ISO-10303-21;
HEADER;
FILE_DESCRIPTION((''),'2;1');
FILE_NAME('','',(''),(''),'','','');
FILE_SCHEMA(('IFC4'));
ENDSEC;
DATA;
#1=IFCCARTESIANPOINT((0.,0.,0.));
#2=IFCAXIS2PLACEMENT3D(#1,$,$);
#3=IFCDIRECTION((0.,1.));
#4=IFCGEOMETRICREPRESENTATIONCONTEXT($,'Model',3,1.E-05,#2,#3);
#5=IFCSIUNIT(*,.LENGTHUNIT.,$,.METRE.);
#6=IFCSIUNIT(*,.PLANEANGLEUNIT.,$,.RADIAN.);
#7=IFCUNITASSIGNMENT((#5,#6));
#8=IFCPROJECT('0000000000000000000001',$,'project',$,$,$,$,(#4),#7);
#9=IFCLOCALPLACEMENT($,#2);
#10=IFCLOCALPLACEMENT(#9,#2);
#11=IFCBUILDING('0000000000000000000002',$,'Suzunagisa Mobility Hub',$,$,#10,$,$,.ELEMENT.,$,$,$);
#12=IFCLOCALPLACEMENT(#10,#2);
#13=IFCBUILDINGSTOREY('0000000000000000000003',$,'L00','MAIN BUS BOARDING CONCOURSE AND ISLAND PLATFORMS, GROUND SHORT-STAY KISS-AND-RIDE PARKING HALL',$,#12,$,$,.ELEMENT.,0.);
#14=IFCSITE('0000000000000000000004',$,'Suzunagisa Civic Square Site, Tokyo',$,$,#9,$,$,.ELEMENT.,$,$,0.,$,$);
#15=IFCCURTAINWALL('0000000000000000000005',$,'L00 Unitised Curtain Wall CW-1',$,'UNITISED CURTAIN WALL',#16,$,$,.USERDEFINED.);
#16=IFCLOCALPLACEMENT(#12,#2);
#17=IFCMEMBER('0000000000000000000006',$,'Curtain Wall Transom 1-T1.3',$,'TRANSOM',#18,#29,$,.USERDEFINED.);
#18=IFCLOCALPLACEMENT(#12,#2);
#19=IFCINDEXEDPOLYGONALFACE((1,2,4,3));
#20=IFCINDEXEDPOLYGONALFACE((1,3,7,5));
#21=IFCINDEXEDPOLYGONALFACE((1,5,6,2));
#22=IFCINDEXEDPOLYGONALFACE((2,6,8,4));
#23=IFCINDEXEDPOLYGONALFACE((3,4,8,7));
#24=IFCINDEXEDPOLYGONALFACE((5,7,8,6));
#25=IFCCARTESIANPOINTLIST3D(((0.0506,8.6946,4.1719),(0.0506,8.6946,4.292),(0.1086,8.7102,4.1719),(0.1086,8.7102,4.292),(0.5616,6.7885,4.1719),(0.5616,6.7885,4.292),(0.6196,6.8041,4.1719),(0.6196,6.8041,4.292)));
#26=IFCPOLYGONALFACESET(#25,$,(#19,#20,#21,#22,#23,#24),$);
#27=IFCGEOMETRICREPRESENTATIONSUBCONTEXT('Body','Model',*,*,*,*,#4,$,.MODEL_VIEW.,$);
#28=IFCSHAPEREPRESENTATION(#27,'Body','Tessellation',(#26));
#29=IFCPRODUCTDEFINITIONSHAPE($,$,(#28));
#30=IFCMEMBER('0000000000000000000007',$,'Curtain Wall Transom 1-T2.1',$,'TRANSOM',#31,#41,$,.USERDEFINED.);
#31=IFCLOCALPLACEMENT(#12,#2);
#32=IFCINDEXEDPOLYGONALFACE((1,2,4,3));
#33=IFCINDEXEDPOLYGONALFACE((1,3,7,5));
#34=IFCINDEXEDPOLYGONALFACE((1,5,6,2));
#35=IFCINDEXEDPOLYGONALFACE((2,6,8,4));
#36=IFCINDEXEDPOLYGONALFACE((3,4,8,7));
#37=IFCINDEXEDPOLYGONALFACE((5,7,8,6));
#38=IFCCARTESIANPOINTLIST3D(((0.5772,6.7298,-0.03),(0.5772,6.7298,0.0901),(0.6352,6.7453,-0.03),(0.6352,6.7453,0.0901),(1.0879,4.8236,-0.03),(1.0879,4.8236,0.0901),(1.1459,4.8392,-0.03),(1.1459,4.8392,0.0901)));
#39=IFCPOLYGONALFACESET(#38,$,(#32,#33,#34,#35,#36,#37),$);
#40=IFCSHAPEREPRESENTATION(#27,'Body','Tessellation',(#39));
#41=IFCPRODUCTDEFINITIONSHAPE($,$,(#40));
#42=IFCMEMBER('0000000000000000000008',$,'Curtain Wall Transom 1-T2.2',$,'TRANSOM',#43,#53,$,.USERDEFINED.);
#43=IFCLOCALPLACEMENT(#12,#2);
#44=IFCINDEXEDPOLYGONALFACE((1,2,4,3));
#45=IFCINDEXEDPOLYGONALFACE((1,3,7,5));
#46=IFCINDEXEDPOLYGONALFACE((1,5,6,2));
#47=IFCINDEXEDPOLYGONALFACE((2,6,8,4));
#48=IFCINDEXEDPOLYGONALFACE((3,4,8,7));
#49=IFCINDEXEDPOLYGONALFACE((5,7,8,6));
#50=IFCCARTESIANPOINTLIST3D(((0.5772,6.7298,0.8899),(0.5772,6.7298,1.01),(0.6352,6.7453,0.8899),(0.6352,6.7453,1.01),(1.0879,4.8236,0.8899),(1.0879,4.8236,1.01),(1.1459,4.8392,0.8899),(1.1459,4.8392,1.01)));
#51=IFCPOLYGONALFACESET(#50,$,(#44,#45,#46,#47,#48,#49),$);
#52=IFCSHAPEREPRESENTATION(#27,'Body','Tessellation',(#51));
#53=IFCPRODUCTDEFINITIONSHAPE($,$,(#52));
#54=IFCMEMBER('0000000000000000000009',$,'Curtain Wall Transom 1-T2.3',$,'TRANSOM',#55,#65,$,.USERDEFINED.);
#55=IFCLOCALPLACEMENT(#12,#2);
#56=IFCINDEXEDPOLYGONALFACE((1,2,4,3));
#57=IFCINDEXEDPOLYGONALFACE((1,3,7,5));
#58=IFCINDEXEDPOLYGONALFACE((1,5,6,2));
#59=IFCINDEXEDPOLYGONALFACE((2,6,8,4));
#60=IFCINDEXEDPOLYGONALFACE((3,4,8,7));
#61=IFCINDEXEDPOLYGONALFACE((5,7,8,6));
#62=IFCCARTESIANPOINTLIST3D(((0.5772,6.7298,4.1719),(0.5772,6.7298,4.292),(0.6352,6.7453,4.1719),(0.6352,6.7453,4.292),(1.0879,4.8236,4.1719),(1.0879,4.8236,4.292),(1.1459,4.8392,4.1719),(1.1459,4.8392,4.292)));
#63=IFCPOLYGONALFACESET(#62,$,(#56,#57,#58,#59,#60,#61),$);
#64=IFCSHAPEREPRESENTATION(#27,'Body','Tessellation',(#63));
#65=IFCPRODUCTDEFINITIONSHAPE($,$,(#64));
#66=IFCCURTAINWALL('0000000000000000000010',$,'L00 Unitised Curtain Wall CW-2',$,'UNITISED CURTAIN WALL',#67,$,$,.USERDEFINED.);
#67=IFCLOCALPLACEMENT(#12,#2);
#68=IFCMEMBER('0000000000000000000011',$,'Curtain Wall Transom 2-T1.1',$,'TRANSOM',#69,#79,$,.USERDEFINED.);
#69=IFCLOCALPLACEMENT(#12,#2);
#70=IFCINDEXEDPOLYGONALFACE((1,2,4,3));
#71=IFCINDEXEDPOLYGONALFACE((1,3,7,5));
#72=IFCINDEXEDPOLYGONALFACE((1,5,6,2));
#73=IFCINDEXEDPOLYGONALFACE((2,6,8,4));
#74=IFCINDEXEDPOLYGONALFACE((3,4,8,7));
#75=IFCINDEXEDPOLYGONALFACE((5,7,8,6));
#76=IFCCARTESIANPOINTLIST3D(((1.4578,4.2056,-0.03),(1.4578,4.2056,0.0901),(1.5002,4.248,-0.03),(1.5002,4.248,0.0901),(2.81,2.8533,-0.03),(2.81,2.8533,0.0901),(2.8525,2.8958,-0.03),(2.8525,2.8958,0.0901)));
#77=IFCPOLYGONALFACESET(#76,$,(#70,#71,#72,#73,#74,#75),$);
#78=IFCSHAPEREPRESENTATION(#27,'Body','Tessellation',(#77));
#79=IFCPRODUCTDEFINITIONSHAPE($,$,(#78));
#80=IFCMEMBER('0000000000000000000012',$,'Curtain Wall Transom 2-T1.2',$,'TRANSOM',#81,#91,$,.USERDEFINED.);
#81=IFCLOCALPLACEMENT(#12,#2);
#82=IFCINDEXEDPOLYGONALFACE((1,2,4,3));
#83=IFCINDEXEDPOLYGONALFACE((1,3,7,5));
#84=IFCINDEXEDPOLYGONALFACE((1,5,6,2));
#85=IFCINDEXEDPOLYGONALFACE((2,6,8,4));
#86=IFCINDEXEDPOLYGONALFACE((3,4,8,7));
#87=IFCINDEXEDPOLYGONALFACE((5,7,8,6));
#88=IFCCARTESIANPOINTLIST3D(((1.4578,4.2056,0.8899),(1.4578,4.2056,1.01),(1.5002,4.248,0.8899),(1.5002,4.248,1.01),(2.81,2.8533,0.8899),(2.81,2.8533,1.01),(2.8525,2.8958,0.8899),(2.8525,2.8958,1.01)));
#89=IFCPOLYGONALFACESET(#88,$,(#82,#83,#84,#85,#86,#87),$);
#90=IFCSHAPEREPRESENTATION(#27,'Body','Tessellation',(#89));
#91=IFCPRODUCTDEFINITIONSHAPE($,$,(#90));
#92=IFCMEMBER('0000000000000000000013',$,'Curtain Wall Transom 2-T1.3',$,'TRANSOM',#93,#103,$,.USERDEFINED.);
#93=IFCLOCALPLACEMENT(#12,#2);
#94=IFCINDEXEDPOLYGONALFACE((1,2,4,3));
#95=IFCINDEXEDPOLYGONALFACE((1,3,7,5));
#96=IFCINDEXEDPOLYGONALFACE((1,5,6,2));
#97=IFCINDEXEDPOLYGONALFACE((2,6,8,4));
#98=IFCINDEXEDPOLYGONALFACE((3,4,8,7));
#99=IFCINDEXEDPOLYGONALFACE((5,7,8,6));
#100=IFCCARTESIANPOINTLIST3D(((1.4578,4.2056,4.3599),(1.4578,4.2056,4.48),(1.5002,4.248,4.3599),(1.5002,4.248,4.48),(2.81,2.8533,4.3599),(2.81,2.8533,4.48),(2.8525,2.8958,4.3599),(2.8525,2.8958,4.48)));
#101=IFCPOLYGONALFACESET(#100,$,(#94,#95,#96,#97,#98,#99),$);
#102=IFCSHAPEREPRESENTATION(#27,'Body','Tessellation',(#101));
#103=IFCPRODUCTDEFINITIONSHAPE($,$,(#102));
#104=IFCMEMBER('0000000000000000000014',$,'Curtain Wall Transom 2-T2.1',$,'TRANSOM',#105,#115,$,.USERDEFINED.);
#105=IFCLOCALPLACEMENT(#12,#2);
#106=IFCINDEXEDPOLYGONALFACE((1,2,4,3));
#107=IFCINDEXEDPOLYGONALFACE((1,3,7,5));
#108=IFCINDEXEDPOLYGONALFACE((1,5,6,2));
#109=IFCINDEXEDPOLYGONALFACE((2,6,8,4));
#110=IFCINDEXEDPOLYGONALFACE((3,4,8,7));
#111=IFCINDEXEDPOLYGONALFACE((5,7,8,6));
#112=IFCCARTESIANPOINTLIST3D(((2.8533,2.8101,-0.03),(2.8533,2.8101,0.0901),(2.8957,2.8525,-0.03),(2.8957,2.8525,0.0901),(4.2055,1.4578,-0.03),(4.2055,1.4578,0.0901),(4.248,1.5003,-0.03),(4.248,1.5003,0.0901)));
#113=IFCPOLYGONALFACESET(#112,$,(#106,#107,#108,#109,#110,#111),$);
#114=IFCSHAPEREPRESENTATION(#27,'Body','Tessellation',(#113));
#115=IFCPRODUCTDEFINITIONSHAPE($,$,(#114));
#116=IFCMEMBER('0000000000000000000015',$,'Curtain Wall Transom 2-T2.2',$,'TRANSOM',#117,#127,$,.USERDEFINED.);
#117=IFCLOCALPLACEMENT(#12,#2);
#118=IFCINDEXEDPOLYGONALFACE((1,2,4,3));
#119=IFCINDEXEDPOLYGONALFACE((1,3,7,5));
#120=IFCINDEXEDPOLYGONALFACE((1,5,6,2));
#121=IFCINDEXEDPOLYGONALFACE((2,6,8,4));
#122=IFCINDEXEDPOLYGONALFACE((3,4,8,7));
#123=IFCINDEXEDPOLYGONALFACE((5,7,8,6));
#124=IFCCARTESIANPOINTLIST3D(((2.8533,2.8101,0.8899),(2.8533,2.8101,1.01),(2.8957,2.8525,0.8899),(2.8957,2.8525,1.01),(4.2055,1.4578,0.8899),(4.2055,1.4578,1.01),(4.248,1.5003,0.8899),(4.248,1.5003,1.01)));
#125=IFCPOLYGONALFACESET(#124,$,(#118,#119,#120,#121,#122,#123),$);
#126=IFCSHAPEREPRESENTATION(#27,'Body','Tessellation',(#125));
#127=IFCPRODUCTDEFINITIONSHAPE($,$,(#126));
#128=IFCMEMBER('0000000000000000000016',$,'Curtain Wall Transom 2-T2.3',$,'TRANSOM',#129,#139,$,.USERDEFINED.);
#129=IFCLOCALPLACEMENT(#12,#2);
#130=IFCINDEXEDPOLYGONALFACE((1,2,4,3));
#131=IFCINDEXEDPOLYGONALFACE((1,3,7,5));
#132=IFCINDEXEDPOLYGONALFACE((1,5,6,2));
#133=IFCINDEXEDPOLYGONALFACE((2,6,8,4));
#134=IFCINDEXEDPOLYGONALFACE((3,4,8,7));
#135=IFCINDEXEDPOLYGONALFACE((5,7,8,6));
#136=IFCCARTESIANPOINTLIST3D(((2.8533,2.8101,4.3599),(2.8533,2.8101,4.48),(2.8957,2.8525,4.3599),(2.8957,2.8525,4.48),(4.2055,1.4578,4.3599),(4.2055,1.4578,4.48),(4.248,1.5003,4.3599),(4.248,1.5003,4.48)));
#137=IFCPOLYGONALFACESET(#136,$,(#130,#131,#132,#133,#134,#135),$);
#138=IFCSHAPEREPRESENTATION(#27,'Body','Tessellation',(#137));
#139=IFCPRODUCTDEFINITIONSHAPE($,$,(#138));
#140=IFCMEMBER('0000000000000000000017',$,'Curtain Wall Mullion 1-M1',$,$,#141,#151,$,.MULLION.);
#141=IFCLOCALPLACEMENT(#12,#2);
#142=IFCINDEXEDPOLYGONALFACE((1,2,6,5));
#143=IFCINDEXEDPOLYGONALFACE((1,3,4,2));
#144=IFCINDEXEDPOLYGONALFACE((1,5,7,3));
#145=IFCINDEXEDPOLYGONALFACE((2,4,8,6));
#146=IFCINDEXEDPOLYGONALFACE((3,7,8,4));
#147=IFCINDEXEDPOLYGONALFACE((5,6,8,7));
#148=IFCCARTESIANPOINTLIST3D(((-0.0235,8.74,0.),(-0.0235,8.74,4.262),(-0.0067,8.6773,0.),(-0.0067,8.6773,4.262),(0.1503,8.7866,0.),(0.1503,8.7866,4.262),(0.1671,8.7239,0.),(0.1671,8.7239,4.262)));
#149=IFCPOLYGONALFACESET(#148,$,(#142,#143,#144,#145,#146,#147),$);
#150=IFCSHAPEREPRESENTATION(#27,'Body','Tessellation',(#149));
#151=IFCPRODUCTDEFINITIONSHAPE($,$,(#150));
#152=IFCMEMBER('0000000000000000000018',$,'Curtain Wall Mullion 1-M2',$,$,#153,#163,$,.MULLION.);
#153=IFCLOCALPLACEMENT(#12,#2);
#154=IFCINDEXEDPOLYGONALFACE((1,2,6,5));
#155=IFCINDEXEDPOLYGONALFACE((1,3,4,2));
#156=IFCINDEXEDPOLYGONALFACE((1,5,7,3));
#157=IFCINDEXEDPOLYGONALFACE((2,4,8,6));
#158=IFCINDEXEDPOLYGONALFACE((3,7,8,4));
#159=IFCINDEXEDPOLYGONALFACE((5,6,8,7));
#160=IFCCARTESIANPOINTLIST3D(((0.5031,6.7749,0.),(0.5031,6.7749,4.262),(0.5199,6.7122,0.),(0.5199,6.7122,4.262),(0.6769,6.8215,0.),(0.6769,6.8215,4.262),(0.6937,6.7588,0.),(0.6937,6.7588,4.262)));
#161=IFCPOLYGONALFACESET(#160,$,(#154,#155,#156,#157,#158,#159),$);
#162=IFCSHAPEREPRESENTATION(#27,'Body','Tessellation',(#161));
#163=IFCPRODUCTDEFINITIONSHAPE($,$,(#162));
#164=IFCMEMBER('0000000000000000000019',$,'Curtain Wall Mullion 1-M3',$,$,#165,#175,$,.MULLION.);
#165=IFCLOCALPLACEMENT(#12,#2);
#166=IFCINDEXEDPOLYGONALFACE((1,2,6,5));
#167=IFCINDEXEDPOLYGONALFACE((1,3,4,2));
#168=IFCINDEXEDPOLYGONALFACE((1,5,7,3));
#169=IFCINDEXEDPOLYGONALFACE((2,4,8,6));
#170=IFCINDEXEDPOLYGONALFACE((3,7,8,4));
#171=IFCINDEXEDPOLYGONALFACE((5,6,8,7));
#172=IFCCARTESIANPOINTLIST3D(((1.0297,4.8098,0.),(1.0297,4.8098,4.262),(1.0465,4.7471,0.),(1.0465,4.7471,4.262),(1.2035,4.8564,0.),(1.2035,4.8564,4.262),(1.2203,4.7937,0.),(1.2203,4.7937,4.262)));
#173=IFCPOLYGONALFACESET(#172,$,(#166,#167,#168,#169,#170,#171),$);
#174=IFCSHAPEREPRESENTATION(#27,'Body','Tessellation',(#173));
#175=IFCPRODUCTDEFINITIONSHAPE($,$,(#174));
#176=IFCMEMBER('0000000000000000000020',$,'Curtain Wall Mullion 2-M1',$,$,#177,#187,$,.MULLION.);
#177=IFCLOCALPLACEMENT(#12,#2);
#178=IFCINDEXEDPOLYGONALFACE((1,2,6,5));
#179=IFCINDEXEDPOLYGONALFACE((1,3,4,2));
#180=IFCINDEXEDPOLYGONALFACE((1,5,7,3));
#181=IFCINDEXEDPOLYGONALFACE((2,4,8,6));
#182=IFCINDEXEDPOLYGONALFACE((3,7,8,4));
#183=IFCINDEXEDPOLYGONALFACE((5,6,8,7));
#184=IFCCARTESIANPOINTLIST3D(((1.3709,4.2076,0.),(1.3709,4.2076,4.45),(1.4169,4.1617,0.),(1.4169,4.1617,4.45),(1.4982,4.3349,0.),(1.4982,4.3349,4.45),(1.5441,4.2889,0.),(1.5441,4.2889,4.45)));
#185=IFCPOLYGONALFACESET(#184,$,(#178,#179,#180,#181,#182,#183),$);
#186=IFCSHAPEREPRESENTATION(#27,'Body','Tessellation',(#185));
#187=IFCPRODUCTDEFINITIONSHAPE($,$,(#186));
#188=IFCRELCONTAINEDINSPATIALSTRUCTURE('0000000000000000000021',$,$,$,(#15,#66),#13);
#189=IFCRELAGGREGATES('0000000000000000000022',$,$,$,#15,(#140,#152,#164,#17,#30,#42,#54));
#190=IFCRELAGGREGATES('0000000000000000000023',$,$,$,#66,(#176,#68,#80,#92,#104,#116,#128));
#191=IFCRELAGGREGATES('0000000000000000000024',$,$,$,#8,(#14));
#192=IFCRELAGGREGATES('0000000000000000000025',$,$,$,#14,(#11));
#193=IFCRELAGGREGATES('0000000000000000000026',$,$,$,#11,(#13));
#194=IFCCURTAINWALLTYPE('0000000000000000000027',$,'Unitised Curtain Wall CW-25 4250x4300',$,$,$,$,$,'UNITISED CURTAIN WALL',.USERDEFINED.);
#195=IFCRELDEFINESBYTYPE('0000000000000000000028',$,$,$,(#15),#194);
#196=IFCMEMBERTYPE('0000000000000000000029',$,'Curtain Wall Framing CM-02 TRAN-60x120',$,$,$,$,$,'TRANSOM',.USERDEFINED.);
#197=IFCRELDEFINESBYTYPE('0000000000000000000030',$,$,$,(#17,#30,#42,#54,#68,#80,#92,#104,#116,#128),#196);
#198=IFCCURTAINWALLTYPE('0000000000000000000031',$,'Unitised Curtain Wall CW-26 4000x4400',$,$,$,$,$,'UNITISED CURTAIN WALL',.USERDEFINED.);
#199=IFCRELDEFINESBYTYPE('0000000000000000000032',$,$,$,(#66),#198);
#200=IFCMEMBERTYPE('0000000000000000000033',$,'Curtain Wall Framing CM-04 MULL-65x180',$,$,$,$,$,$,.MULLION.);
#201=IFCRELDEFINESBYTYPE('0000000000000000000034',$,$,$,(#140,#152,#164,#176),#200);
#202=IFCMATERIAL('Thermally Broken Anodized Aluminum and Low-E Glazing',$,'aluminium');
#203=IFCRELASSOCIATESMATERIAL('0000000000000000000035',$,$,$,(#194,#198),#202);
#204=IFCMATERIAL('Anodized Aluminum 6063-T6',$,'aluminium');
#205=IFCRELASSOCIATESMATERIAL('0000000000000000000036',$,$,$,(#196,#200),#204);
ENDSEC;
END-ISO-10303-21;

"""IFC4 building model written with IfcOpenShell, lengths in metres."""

from ifc_helpers import new_model, si_unit, direction, frame, origin, origin_2d, place, context, subcontext, project, spatial, rectangle, extrude, material, material_profile, profile_set, type_object, element, aggregate, save


model = new_model("IFC4")

# Units and contexts
model_context = context("Model", 3, precision=1e-05, world=origin(), true_north=direction((0.0, 1.0)))
body_context = subcontext(model_context, "Body", "Model", "MODEL_VIEW")
ifc_project = project(units=[si_unit("LENGTHUNIT", "METRE"), si_unit("PLANEANGLEUNIT", "RADIAN")], contexts=[model_context])

# Site, building, storey
site_placement = place(None, origin())
site = spatial("IfcSite", under=ifc_project, at=site_placement, Name="Suzunagisa Civic Square Site, Tokyo", CompositionType="ELEMENT", RefElevation=0.0)
building_placement = place(site_placement, origin())
building = spatial("IfcBuilding", under=site, at=building_placement, Name="Suzunagisa Mobility Hub", CompositionType="ELEMENT")
storey_placement = place(building_placement, origin())
storey = spatial("IfcBuildingStorey", under=building, at=storey_placement, Name="L00", Description="MAIN BUS BOARDING CONCOURSE AND ISLAND PLATFORMS, GROUND SHORT-STAY KISS-AND-RIDE PARKING HALL", CompositionType="ELEMENT", Elevation=0.0)

# Curtain walls, members
ifc_material_1 = material(Name="Thermally Broken Anodized Aluminum and Low-E Glazing", Category="aluminium")
curtain_wall_type_1 = type_object("IfcCurtainWallType", Name="Unitised Curtain Wall CW-25 4250x4300", ElementType="UNITISED CURTAIN WALL", PredefinedType="USERDEFINED", material=ifc_material_1)
curtain_wall_1_placement = place(storey_placement, origin())
curtain_wall_1 = element("IfcCurtainWall", 1, at=curtain_wall_1_placement, inside=storey, type_object=curtain_wall_type_1, Name="L00 Unitised Curtain Wall CW-1", ObjectType="UNITISED CURTAIN WALL", PredefinedType="USERDEFINED")
ifc_material_2 = material(Name="Anodized Aluminum 6063-T6", Category="aluminium")
ifc_material_profile_1 = material_profile(ifc_material_2, rectangle(XDim=0.0601, YDim=0.1201, at=origin_2d()), Name="TRAN-60x120")
ifc_profile_set_1 = profile_set([ifc_material_profile_1], Name="Anodized Aluminum 6063-T6")
member_type_1 = type_object("IfcMemberType", Name="Curtain Wall Framing CM-02 TRAN-60x120", ElementType="TRANSOM", PredefinedType="USERDEFINED", material=ifc_profile_set_1)
member_1_placement = place(storey_placement, frame((0.0796, 8.7024, 4.2319), z_axis=(0.258948, -0.965891, 0.0), x_axis=(0.965891, 0.258948, 0.0)))
member_1 = element("IfcMember", 2, at=member_1_placement, type_object=member_type_1, Name="Curtain Wall Transom 1-T1.3", ObjectType="TRANSOM", PredefinedType="USERDEFINED", context=body_context, shape_type="SweptSolid", body=[
    extrude(rectangle(XDim=0.0601, YDim=0.1201, at=origin_2d()), origin(), (0.0, 0.0, 1.0), 1.9734),
])
member_2_placement = place(storey_placement, frame((0.6062, 6.7375, 0.03), z_axis=(0.258802, -0.96593, 0.0), x_axis=(0.96593, 0.258802, 0.0)))
member_2 = element("IfcMember", 3, at=member_2_placement, type_object=member_type_1, Name="Curtain Wall Transom 1-T2.1", ObjectType="TRANSOM", PredefinedType="USERDEFINED", context=body_context, shape_type="SweptSolid", body=[
    extrude(rectangle(XDim=0.0601, YDim=0.1201, at=origin_2d()), origin(), (0.0, 0.0, 1.0), 1.9734),
])
member_3_placement = place(storey_placement, frame((0.6062, 6.7375, 0.95), z_axis=(0.258802, -0.96593, 0.0), x_axis=(0.96593, 0.258802, 0.0)))
member_3 = element("IfcMember", 4, at=member_3_placement, type_object=member_type_1, Name="Curtain Wall Transom 1-T2.2", ObjectType="TRANSOM", PredefinedType="USERDEFINED", context=body_context, shape_type="SweptSolid", body=[
    extrude(rectangle(XDim=0.0601, YDim=0.1201, at=origin_2d()), origin(), (0.0, 0.0, 1.0), 1.9734),
])
member_4_placement = place(storey_placement, frame((0.6062, 6.7375, 4.2319), z_axis=(0.258802, -0.96593, 0.0), x_axis=(0.96593, 0.258802, 0.0)))
member_4 = element("IfcMember", 5, at=member_4_placement, type_object=member_type_1, Name="Curtain Wall Transom 1-T2.3", ObjectType="TRANSOM", PredefinedType="USERDEFINED", context=body_context, shape_type="SweptSolid", body=[
    extrude(rectangle(XDim=0.0601, YDim=0.1201, at=origin_2d()), origin(), (0.0, 0.0, 1.0), 1.9734),
])
curtain_wall_type_2 = type_object("IfcCurtainWallType", Name="Unitised Curtain Wall CW-26 4000x4400", ElementType="UNITISED CURTAIN WALL", PredefinedType="USERDEFINED", material=ifc_material_1)
curtain_wall_2_placement = place(storey_placement, origin())
curtain_wall_2 = element("IfcCurtainWall", 6, at=curtain_wall_2_placement, inside=storey, type_object=curtain_wall_type_2, Name="L00 Unitised Curtain Wall CW-2", ObjectType="UNITISED CURTAIN WALL", PredefinedType="USERDEFINED")
member_5_placement = place(storey_placement, frame((1.479, 4.2268, 0.03), z_axis=(0.707107, -0.707107, 0.0), x_axis=(0.707107, 0.707107, 0.0)))
member_5 = element("IfcMember", 7, at=member_5_placement, type_object=member_type_1, Name="Curtain Wall Transom 2-T1.1", ObjectType="TRANSOM", PredefinedType="USERDEFINED", context=body_context, shape_type="SweptSolid", body=[
    extrude(rectangle(XDim=0.0601, YDim=0.1201, at=origin_2d()), origin(), (0.0, 0.0, 1.0), 1.9124),
])
member_6_placement = place(storey_placement, frame((1.479, 4.2268, 0.95), z_axis=(0.707107, -0.707107, 0.0), x_axis=(0.707107, 0.707107, 0.0)))
member_6 = element("IfcMember", 8, at=member_6_placement, type_object=member_type_1, Name="Curtain Wall Transom 2-T1.2", ObjectType="TRANSOM", PredefinedType="USERDEFINED", context=body_context, shape_type="SweptSolid", body=[
    extrude(rectangle(XDim=0.0601, YDim=0.1201, at=origin_2d()), origin(), (0.0, 0.0, 1.0), 1.9124),
])
member_7_placement = place(storey_placement, frame((1.479, 4.2268, 4.4199), z_axis=(0.707107, -0.707107, 0.0), x_axis=(0.707107, 0.707107, 0.0)))
member_7 = element("IfcMember", 9, at=member_7_placement, type_object=member_type_1, Name="Curtain Wall Transom 2-T1.3", ObjectType="TRANSOM", PredefinedType="USERDEFINED", context=body_context, shape_type="SweptSolid", body=[
    extrude(rectangle(XDim=0.0601, YDim=0.1201, at=origin_2d()), origin(), (0.0, 0.0, 1.0), 1.9124),
])
member_8_placement = place(storey_placement, frame((2.8745, 2.8313, 0.03), z_axis=(0.707107, -0.707107, 0.0), x_axis=(0.707107, 0.707107, 0.0)))
member_8 = element("IfcMember", 10, at=member_8_placement, type_object=member_type_1, Name="Curtain Wall Transom 2-T2.1", ObjectType="TRANSOM", PredefinedType="USERDEFINED", context=body_context, shape_type="SweptSolid", body=[
    extrude(rectangle(XDim=0.0601, YDim=0.1201, at=origin_2d()), origin(), (0.0, 0.0, 1.0), 1.9124),
])
member_9_placement = place(storey_placement, frame((2.8745, 2.8313, 0.95), z_axis=(0.707107, -0.707107, 0.0), x_axis=(0.707107, 0.707107, 0.0)))
member_9 = element("IfcMember", 11, at=member_9_placement, type_object=member_type_1, Name="Curtain Wall Transom 2-T2.2", ObjectType="TRANSOM", PredefinedType="USERDEFINED", context=body_context, shape_type="SweptSolid", body=[
    extrude(rectangle(XDim=0.0601, YDim=0.1201, at=origin_2d()), origin(), (0.0, 0.0, 1.0), 1.9124),
])
member_10_placement = place(storey_placement, frame((2.8745, 2.8313, 4.4199), z_axis=(0.707107, -0.707107, 0.0), x_axis=(0.707107, 0.707107, 0.0)))
member_10 = element("IfcMember", 12, at=member_10_placement, type_object=member_type_1, Name="Curtain Wall Transom 2-T2.3", ObjectType="TRANSOM", PredefinedType="USERDEFINED", context=body_context, shape_type="SweptSolid", body=[
    extrude(rectangle(XDim=0.0601, YDim=0.1201, at=origin_2d()), origin(), (0.0, 0.0, 1.0), 1.9124),
])

# Members
ifc_material_profile_2 = material_profile(ifc_material_2, rectangle(XDim=0.0649, YDim=0.1799, at=origin_2d()), Name="MULL-65x180")
ifc_profile_set_2 = profile_set([ifc_material_profile_2], Name="Anodized Aluminum 6063-T6")
member_type_2 = type_object("IfcMemberType", Name="Curtain Wall Framing CM-04 MULL-65x180", PredefinedType="MULLION", material=ifc_profile_set_2)
member_11_placement = place(storey_placement, frame((0.0718, 8.7319, 0.0), z_axis=(0.0, 0.0, 1.0), x_axis=(0.258814, -0.965927, 0.0)))
member_11 = element("IfcMember", 13, at=member_11_placement, type_object=member_type_2, Name="Curtain Wall Mullion 1-M1", PredefinedType="MULLION", context=body_context, shape_type="SweptSolid", body=[
    extrude(rectangle(XDim=0.0649, YDim=0.1799, at=origin_2d()), origin(), (0.0, 0.0, 1.0), 4.262),
])
member_12_placement = place(storey_placement, frame((0.5984, 6.7668, 0.0), z_axis=(0.0, 0.0, 1.0), x_axis=(0.258814, -0.965927, 0.0)))
member_12 = element("IfcMember", 14, at=member_12_placement, type_object=member_type_2, Name="Curtain Wall Mullion 1-M2", PredefinedType="MULLION", context=body_context, shape_type="SweptSolid", body=[
    extrude(rectangle(XDim=0.0649, YDim=0.1799, at=origin_2d()), origin(), (0.0, 0.0, 1.0), 4.262),
])
member_13_placement = place(storey_placement, frame((1.125, 4.8018, 0.0), z_axis=(0.0, 0.0, 1.0), x_axis=(0.258814, -0.965927, 0.0)))
member_13 = element("IfcMember", 15, at=member_13_placement, type_object=member_type_2, Name="Curtain Wall Mullion 1-M3", PredefinedType="MULLION", context=body_context, shape_type="SweptSolid", body=[
    extrude(rectangle(XDim=0.0649, YDim=0.1799, at=origin_2d()), origin(), (0.0, 0.0, 1.0), 4.262),
])
member_14_placement = place(storey_placement, frame((1.4575, 4.2483, 0.0), z_axis=(0.0, 0.0, 1.0), x_axis=(0.707107, -0.707107, 0.0)))
member_14 = element("IfcMember", 16, at=member_14_placement, type_object=member_type_2, Name="Curtain Wall Mullion 2-M1", PredefinedType="MULLION", context=body_context, shape_type="SweptSolid", body=[
    extrude(rectangle(XDim=0.0649, YDim=0.1799, at=origin_2d()), origin(), (0.0, 0.0, 1.0), 4.45),
])

aggregate(curtain_wall_1, [member_11, member_12, member_13, member_1, member_2, member_3, member_4])
aggregate(curtain_wall_2, [member_14, member_5, member_6, member_7, member_8, member_9, member_10])

save(model, "model.ifc")
